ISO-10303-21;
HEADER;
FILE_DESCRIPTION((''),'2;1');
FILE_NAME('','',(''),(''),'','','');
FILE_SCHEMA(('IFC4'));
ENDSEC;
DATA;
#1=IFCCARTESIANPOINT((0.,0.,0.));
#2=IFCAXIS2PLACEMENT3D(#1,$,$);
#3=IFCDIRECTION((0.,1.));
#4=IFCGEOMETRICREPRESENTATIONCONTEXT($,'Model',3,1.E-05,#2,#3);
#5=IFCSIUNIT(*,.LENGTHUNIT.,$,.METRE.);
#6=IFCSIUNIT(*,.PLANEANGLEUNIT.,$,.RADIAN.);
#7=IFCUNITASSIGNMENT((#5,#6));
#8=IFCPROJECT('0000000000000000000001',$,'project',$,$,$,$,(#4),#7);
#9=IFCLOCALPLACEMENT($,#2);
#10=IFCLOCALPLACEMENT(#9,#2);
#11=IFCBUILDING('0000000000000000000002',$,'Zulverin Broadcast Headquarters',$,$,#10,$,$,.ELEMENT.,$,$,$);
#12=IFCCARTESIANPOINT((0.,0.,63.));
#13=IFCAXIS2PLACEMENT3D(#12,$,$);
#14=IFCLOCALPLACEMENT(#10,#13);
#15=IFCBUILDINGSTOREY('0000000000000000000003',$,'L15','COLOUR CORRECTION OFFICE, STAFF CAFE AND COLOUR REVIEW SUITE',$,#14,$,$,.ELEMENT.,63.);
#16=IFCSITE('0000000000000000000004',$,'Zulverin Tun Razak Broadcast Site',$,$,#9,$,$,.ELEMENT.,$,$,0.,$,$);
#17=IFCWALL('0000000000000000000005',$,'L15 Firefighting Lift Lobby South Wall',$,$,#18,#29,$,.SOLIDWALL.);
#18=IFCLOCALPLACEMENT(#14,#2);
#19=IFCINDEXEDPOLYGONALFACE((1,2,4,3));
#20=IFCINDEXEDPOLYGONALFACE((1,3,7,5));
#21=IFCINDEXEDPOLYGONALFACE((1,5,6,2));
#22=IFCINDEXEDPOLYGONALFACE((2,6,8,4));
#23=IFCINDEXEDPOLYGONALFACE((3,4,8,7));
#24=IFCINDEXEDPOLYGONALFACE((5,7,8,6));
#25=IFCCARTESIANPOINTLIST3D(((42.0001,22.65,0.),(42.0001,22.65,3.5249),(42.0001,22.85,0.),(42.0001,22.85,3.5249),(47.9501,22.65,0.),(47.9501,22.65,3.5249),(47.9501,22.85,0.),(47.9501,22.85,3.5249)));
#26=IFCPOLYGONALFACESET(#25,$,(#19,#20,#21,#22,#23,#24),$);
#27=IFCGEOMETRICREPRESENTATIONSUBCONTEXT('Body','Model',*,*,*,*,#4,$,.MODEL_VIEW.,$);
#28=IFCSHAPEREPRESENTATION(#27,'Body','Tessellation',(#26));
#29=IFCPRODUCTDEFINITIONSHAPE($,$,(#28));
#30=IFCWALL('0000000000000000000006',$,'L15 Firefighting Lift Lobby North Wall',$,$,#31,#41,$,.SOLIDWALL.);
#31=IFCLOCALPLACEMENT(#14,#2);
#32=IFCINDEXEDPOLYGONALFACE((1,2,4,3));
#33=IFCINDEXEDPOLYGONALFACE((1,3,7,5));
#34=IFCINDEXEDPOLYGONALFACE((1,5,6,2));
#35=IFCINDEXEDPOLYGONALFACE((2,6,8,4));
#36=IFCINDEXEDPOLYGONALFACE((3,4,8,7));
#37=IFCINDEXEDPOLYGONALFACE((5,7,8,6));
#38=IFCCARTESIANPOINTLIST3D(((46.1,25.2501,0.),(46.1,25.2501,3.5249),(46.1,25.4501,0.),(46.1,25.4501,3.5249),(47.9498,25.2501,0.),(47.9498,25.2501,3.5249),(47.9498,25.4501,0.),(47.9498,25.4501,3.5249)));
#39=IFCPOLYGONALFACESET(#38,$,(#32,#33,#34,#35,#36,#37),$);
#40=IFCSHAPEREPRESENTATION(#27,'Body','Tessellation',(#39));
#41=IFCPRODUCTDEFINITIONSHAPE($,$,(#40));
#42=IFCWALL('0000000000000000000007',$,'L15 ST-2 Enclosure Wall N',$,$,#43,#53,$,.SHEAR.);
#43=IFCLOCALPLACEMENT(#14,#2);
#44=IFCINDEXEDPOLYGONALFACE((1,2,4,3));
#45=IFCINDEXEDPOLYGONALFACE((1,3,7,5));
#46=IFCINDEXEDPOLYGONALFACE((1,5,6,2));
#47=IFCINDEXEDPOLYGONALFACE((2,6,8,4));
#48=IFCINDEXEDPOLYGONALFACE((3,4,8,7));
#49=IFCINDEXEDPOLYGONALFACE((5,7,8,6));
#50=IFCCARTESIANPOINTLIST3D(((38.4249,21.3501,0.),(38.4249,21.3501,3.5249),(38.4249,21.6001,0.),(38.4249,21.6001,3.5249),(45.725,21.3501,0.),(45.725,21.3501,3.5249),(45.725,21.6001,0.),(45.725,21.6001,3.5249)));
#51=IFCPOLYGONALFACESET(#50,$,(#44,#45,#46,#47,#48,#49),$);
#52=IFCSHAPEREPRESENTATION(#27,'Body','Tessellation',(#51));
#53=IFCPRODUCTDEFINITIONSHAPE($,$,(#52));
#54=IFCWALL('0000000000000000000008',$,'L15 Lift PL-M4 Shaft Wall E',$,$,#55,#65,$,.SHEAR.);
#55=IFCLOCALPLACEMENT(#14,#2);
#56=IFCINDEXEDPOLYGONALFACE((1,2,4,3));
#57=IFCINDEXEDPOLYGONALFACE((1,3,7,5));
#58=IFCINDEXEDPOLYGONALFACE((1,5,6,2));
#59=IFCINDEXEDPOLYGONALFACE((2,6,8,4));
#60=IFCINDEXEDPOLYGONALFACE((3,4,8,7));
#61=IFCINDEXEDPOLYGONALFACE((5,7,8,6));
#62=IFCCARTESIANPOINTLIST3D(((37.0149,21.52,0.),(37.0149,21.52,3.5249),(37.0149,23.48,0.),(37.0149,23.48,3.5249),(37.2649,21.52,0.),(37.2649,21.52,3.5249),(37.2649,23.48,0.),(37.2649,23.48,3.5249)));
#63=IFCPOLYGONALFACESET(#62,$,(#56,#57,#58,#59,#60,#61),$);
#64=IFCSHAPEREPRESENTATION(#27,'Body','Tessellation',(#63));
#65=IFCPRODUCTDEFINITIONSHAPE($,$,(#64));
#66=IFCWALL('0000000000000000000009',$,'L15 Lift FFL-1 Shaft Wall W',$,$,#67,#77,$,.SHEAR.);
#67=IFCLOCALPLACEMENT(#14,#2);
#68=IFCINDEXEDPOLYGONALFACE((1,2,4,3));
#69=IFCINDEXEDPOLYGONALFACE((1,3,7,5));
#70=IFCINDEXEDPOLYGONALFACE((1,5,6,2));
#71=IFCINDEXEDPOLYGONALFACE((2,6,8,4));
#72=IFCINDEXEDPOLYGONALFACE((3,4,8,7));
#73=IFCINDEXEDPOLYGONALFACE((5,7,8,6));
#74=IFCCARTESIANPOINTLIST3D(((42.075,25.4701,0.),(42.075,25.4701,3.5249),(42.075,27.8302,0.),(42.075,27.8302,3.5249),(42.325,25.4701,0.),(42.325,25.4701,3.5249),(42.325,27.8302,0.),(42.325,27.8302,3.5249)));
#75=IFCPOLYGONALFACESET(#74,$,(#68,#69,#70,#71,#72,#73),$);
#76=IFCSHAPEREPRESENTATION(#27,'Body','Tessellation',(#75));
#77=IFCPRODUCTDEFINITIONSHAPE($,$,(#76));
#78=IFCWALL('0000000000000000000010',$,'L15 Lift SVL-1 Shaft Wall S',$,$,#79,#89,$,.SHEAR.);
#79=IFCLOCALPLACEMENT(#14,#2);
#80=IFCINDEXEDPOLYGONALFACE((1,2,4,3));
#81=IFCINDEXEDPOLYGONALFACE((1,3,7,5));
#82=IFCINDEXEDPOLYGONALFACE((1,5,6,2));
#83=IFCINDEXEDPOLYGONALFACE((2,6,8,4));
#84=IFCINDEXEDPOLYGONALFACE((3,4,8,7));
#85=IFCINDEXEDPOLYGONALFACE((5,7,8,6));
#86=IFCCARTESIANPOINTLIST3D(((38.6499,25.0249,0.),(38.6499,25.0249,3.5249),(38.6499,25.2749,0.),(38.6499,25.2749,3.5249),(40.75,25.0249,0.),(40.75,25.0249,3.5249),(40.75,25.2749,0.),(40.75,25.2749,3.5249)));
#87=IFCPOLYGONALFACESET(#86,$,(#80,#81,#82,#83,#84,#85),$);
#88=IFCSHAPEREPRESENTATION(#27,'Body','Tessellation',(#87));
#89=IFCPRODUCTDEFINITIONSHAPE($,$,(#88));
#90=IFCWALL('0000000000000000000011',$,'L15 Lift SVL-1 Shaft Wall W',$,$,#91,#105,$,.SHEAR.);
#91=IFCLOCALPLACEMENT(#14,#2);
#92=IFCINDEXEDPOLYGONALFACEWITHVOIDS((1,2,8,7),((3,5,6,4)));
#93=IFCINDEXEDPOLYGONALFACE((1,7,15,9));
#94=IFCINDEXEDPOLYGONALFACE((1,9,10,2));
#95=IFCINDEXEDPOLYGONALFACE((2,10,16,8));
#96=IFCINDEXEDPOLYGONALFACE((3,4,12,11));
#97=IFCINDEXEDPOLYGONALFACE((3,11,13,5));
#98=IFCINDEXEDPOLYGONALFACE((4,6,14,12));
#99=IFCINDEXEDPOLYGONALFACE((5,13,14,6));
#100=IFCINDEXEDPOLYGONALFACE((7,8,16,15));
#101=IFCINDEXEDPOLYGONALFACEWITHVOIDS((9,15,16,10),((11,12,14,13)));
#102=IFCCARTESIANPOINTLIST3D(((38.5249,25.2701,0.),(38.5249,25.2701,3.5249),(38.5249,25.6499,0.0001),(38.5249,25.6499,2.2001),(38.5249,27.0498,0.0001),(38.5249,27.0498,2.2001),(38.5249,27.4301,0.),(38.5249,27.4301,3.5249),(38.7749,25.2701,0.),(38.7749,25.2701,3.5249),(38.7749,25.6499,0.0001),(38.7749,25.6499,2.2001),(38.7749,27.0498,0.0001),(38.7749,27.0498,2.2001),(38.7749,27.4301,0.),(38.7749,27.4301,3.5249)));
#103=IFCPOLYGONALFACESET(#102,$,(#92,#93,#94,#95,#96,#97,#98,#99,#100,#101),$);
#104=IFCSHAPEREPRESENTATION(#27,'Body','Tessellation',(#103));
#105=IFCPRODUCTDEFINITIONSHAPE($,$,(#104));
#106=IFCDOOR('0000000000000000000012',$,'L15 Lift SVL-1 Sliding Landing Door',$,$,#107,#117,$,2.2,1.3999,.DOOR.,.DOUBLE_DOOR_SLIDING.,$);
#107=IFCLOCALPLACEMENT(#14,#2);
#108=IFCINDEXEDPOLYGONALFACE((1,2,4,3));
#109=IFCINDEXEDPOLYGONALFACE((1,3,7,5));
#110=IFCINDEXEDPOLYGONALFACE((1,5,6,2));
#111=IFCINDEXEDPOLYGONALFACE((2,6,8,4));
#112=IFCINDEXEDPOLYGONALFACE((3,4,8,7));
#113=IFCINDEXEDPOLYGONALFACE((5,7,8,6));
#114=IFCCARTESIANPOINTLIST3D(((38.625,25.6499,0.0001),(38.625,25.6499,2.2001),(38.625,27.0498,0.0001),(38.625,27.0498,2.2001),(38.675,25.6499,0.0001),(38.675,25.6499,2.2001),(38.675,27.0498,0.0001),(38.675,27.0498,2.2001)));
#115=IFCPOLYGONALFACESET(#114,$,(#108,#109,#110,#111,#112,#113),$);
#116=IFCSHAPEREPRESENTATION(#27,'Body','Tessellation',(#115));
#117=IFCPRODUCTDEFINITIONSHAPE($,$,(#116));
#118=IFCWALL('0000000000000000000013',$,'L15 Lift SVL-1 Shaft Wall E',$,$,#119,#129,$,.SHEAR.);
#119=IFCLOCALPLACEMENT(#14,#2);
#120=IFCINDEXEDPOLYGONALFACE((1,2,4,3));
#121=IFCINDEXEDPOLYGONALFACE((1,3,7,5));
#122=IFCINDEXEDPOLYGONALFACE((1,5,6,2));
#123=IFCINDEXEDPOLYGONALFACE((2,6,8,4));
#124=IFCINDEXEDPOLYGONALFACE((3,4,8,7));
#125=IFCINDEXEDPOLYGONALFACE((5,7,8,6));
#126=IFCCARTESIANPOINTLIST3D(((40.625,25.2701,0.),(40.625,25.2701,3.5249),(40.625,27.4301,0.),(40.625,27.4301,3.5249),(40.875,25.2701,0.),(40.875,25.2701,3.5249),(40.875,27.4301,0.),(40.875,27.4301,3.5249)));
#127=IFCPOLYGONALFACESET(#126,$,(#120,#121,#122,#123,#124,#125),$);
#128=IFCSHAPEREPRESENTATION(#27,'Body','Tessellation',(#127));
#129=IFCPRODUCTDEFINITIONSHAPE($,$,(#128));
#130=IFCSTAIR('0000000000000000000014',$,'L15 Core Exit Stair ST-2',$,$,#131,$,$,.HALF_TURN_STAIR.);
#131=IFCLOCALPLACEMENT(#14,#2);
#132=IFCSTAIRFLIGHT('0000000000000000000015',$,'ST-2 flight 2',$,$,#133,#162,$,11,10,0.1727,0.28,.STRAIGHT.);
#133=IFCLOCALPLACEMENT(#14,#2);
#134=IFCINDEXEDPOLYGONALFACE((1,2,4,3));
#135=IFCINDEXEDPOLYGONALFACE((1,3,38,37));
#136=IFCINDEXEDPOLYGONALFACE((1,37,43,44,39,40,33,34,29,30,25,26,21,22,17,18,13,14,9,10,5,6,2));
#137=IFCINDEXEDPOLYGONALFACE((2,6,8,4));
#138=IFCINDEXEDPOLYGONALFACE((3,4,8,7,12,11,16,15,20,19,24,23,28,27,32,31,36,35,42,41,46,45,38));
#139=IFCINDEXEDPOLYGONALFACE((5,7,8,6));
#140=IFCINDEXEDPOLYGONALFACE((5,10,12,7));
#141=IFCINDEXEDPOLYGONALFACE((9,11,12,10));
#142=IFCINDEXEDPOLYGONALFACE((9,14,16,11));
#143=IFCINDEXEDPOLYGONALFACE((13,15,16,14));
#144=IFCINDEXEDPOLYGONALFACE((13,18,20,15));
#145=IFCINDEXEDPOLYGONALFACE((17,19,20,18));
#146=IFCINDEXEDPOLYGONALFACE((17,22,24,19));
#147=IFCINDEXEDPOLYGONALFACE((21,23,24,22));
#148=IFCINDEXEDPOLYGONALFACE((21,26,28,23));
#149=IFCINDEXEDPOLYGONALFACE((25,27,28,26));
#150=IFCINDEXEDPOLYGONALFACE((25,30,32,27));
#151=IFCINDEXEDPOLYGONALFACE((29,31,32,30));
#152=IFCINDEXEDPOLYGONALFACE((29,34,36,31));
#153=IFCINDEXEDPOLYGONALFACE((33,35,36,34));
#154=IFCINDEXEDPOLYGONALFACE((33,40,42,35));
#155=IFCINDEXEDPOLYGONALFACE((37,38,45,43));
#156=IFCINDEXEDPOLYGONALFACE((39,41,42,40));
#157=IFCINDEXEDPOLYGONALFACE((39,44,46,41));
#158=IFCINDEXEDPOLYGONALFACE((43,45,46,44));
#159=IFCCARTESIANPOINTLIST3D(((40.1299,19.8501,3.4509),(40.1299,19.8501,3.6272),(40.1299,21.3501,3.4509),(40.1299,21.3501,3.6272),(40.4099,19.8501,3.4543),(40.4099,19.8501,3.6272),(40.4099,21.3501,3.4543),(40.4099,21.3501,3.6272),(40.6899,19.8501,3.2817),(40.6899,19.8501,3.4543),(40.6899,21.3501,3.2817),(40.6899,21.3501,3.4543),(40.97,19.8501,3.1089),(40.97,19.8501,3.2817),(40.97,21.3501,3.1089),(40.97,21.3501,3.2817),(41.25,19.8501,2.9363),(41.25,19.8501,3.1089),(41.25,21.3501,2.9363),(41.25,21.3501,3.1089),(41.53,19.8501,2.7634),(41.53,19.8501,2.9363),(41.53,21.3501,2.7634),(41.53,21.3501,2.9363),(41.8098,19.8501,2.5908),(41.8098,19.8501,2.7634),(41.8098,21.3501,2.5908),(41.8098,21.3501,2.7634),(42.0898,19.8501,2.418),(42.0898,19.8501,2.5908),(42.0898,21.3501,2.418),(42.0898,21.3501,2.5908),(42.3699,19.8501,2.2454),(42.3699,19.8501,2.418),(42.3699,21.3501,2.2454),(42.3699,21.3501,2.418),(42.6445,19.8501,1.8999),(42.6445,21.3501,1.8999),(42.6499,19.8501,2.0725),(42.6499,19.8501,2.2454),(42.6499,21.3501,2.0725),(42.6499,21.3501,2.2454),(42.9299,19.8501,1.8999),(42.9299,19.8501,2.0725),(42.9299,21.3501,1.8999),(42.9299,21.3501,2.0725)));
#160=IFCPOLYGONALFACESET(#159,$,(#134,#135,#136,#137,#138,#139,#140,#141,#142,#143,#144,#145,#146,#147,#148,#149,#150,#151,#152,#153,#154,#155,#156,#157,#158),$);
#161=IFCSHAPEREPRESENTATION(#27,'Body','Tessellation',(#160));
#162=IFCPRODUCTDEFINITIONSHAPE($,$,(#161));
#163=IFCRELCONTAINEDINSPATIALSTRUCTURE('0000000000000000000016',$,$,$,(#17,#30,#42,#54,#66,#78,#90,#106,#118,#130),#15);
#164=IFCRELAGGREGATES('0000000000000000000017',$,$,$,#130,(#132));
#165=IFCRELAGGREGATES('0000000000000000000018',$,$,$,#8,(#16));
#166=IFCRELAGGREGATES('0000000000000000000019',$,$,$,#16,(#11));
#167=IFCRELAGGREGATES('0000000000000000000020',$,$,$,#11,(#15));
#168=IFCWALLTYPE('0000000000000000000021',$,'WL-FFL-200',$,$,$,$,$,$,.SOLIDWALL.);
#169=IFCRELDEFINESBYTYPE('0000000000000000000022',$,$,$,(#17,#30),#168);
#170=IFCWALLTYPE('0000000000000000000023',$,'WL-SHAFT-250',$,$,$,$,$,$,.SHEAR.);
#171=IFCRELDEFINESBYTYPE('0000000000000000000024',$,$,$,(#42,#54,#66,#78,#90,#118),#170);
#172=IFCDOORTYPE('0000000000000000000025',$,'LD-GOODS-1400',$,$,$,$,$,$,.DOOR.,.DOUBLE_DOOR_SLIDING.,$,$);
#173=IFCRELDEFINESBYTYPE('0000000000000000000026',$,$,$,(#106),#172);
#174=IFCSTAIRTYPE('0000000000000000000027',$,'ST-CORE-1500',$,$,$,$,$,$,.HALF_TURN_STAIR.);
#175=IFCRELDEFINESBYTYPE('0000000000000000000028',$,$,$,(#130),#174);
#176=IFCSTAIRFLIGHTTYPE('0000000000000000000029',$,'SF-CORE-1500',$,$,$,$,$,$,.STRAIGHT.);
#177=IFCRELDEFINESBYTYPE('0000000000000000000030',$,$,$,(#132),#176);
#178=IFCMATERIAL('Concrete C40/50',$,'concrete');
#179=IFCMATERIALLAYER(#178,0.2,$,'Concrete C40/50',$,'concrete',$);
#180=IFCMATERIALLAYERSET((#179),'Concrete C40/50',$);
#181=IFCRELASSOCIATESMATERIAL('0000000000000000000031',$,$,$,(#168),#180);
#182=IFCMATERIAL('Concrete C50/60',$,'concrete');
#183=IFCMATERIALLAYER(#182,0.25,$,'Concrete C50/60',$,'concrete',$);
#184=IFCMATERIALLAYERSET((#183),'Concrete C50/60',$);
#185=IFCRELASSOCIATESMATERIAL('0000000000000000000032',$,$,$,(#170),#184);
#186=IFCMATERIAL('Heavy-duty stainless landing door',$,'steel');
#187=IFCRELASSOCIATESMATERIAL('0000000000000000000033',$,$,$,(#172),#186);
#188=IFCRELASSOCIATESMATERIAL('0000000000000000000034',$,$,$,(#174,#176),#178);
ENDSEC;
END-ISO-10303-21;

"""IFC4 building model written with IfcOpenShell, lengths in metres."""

from ifc_helpers import new_model, si_unit, direction, frame, frame_2d, origin, place, context, subcontext, project, spatial, polyline, rectangle, outline, extrude, material, layer, layer_set, type_object, element, fill, aggregate, save


model = new_model("IFC4")

# Units and contexts
model_context = context("Model", 3, precision=1e-05, world=origin(), true_north=direction((0.0, 1.0)))
body_context = subcontext(model_context, "Body", "Model", "MODEL_VIEW")
ifc_project = project(units=[si_unit("LENGTHUNIT", "METRE"), si_unit("PLANEANGLEUNIT", "RADIAN")], contexts=[model_context])

# Site, building, storey
site_placement = place(None, origin())
site = spatial("IfcSite", under=ifc_project, at=site_placement, Name="Zulverin Tun Razak Broadcast Site", CompositionType="ELEMENT", RefElevation=0.0)
building_placement = place(site_placement, origin())
building = spatial("IfcBuilding", under=site, at=building_placement, Name="Zulverin Broadcast Headquarters", CompositionType="ELEMENT")
storey_placement = place(building_placement, frame((0.0, 0.0, 63.0)))
storey = spatial("IfcBuildingStorey", under=building, at=storey_placement, Name="L15", Description="COLOUR CORRECTION OFFICE, STAFF CAFE AND COLOUR REVIEW SUITE", CompositionType="ELEMENT", Elevation=63.0)

# Shared definitions
ifc_material_1 = material(Name="Concrete C40/50", Category="concrete")
ifc_layer_1 = layer(ifc_material_1, 0.2, Name="Concrete C40/50", Category="concrete")
ifc_layer_set_1 = layer_set([ifc_layer_1], Name="Concrete C40/50")
wall_type_1 = type_object("IfcWallType", Name="WL-FFL-200", PredefinedType="SOLIDWALL", material=ifc_layer_set_1)

# Walls
wall_1_placement = place(storey_placement, frame((42.0, 22.75, 0.0), z_axis=(0.0, 0.0, 1.0), x_axis=(1.0, 0.0, 0.0)))
element("IfcWall", 1, at=wall_1_placement, inside=storey, type_object=wall_type_1, Name="L15 Firefighting Lift Lobby South Wall", PredefinedType="SOLIDWALL", context=body_context, shape_type="SweptSolid", body=[
    extrude(rectangle(XDim=5.95, YDim=0.2, at=frame_2d((2.9751, 0.0))), origin(), (0.0, 0.0, 1.0), 3.5249),
])
wall_2_placement = place(storey_placement, frame((46.1001, 25.3501, 0.0), z_axis=(0.0, 0.0, 1.0), x_axis=(1.0, 0.0, 0.0)))
element("IfcWall", 2, at=wall_2_placement, inside=storey, type_object=wall_type_1, Name="L15 Firefighting Lift Lobby North Wall", PredefinedType="SOLIDWALL", context=body_context, shape_type="SweptSolid", body=[
    extrude(rectangle(XDim=1.8499, YDim=0.2, at=frame_2d((0.9248, 0.0))), origin(), (0.0, 0.0, 1.0), 3.5249),
])
ifc_material_2 = material(Name="Concrete C50/60", Category="concrete")
ifc_layer_2 = layer(ifc_material_2, 0.25, Name="Concrete C50/60", Category="concrete")
ifc_layer_set_2 = layer_set([ifc_layer_2], Name="Concrete C50/60")
wall_type_2 = type_object("IfcWallType", Name="WL-SHAFT-250", PredefinedType="SHEAR", material=ifc_layer_set_2)
wall_3_placement = place(storey_placement, frame((38.425, 21.4751, 0.0), z_axis=(0.0, 0.0, 1.0), x_axis=(1.0, 0.0, 0.0)))
element("IfcWall", 3, at=wall_3_placement, inside=storey, type_object=wall_type_2, Name="L15 ST-2 Enclosure Wall N", PredefinedType="SHEAR", context=body_context, shape_type="SweptSolid", body=[
    extrude(rectangle(XDim=7.3, YDim=0.25, at=frame_2d((3.6499, 0.0))), origin(), (0.0, 0.0, 1.0), 3.5249),
])
wall_4_placement = place(storey_placement, frame((37.1399, 21.52, 0.0), z_axis=(0.0, 0.0, 1.0), x_axis=(0.0, 1.0, 0.0)))
element("IfcWall", 4, at=wall_4_placement, inside=storey, type_object=wall_type_2, Name="L15 Lift PL-M4 Shaft Wall E", PredefinedType="SHEAR", context=body_context, shape_type="SweptSolid", body=[
    extrude(rectangle(XDim=1.96, YDim=0.25, at=frame_2d((0.98, 0.0))), origin(), (0.0, 0.0, 1.0), 3.5249),
])

# Wall
wall_5_placement = place(storey_placement, frame((42.2, 25.47, 0.0), z_axis=(0.0, 0.0, 1.0), x_axis=(0.0, 1.0, 0.0)))
element("IfcWall", 5, at=wall_5_placement, inside=storey, type_object=wall_type_2, Name="L15 Lift FFL-1 Shaft Wall W", PredefinedType="SHEAR", context=body_context, shape_type="SweptSolid", body=[
    extrude(rectangle(XDim=2.3601, YDim=0.25, at=frame_2d((1.1802, 0.0))), origin(), (0.0, 0.0, 1.0), 3.5249),
])

# Wall
wall_6_placement = place(storey_placement, frame((38.6499, 25.1499, 0.0), z_axis=(0.0, 0.0, 1.0), x_axis=(1.0, 0.0, 0.0)))
element("IfcWall", 6, at=wall_6_placement, inside=storey, type_object=wall_type_2, Name="L15 Lift SVL-1 Shaft Wall S", PredefinedType="SHEAR", context=body_context, shape_type="SweptSolid", body=[
    extrude(rectangle(XDim=2.1001, YDim=0.25, at=frame_2d((1.05, 0.0))), origin(), (0.0, 0.0, 1.0), 3.5249),
])

# Wall, opening, door
wall_7_placement = place(storey_placement, frame((38.6499, 25.27, 0.0), z_axis=(0.0, 0.0, 1.0), x_axis=(0.0, 1.0, 0.0)))
wall_7 = element("IfcWall", 7, at=wall_7_placement, inside=storey, type_object=wall_type_2, Name="L15 Lift SVL-1 Shaft Wall W", PredefinedType="SHEAR", context=body_context, shape_type="SweptSolid", body=[
    extrude(rectangle(XDim=2.1599, YDim=0.25, at=frame_2d((1.0801, 0.0))), origin(), (0.0, 0.0, 1.0), 3.5249),
])
opening_1_placement = place(wall_7_placement, frame((0.3799, 0.0, 0.0)))
opening_1 = element("IfcOpeningElement", 8, at=opening_1_placement, cuts=wall_7, PredefinedType="OPENING", context=body_context, shape_type="SweptSolid", body=[
    extrude(rectangle(XDim=1.3999, YDim=2.2, at=frame_2d((0.7, 1.1001))), frame((0.0, 0.135, 0.0), z_axis=(0.0, -1.0, 0.0), x_axis=(1.0, 0.0, 0.0)), (0.0, 0.0, 1.0), 0.27),
])
ifc_material_3 = material(Name="Heavy-duty stainless landing door", Category="steel")
door_type_1 = type_object("IfcDoorType", Name="LD-GOODS-1400", OperationType="DOUBLE_DOOR_SLIDING", PredefinedType="DOOR", material=ifc_material_3)
door_1_placement = place(opening_1_placement, origin())
door_1 = element("IfcDoor", 9, at=door_1_placement, inside=storey, type_object=door_type_1, Name="L15 Lift SVL-1 Sliding Landing Door", OperationType="DOUBLE_DOOR_SLIDING", OverallHeight=2.2, OverallWidth=1.3999, PredefinedType="DOOR", context=body_context, shape_type="SweptSolid", body=[
    extrude(rectangle(XDim=1.3999, YDim=2.2, at=frame_2d((0.7, 1.1001))), frame((0.0, 0.0249, 0.0), z_axis=(0.0, -1.0, 0.0), x_axis=(1.0, 0.0, 0.0)), (0.0, 0.0, 1.0), 0.05),
])
fill(opening_1, door_1)

# Wall
wall_8_placement = place(storey_placement, frame((40.75, 25.27, 0.0), z_axis=(0.0, 0.0, 1.0), x_axis=(0.0, 1.0, 0.0)))
element("IfcWall", 10, at=wall_8_placement, inside=storey, type_object=wall_type_2, Name="L15 Lift SVL-1 Shaft Wall E", PredefinedType="SHEAR", context=body_context, shape_type="SweptSolid", body=[
    extrude(rectangle(XDim=2.1599, YDim=0.25, at=frame_2d((1.0801, 0.0))), origin(), (0.0, 0.0, 1.0), 3.5249),
])

# Stair, stair flight
stair_type = type_object("IfcStairType", Name="ST-CORE-1500", PredefinedType="HALF_TURN_STAIR", material=ifc_material_1)
stair_placement = place(storey_placement, origin())
stair = element("IfcStair", 11, at=stair_placement, inside=storey, type_object=stair_type, Name="L15 Core Exit Stair ST-2", PredefinedType="HALF_TURN_STAIR")
stair_flight_type = type_object("IfcStairFlightType", Name="SF-CORE-1500", PredefinedType="STRAIGHT", material=ifc_material_1)
stair_flight_placement = place(storey_placement, frame((42.9299, 20.6001, 1.8999), z_axis=(0.0, 0.0, 1.0), x_axis=(-1.0, 0.0, 0.0)))
stair_flight = element("IfcStairFlight", 12, at=stair_flight_placement, type_object=stair_flight_type, Name="ST-2 flight 2", NumberOfRisers=11, NumberOfTreads=10, PredefinedType="STRAIGHT", RiserHeight=0.1727, TreadLength=0.28, context=body_context, shape_type="SweptSolid", body=[
    extrude(outline(polyline([(0.0, 0.0), (0.0, 0.1726), (0.28, 0.1726), (0.28, 0.3455), (0.5601, 0.3455), (0.5601, 0.5181), (0.8401, 0.5181), (0.8401, 0.6909), (1.1201, 0.6909), (1.1201, 0.8635), (1.3999, 0.8635), (1.3999, 1.0364), (1.6799, 1.0364), (1.6799, 1.209), (1.96, 1.209), (1.96, 1.3818), (2.24, 1.3818), (2.24, 1.5544), (2.52, 1.5544), (2.52, 1.7273), (2.8, 1.7273), (2.8, 1.8999), (2.8, 1.551), (0.2854, 0.0), (0.0, 0.0)])), frame((0.0, 0.75, 0.0), z_axis=(0.0, -1.0, 0.0), x_axis=(1.0, 0.0, 0.0)), (0.0, 0.0, 1.0), 1.5),
])
aggregate(stair, [stair_flight])

save(model, "model.ifc")
